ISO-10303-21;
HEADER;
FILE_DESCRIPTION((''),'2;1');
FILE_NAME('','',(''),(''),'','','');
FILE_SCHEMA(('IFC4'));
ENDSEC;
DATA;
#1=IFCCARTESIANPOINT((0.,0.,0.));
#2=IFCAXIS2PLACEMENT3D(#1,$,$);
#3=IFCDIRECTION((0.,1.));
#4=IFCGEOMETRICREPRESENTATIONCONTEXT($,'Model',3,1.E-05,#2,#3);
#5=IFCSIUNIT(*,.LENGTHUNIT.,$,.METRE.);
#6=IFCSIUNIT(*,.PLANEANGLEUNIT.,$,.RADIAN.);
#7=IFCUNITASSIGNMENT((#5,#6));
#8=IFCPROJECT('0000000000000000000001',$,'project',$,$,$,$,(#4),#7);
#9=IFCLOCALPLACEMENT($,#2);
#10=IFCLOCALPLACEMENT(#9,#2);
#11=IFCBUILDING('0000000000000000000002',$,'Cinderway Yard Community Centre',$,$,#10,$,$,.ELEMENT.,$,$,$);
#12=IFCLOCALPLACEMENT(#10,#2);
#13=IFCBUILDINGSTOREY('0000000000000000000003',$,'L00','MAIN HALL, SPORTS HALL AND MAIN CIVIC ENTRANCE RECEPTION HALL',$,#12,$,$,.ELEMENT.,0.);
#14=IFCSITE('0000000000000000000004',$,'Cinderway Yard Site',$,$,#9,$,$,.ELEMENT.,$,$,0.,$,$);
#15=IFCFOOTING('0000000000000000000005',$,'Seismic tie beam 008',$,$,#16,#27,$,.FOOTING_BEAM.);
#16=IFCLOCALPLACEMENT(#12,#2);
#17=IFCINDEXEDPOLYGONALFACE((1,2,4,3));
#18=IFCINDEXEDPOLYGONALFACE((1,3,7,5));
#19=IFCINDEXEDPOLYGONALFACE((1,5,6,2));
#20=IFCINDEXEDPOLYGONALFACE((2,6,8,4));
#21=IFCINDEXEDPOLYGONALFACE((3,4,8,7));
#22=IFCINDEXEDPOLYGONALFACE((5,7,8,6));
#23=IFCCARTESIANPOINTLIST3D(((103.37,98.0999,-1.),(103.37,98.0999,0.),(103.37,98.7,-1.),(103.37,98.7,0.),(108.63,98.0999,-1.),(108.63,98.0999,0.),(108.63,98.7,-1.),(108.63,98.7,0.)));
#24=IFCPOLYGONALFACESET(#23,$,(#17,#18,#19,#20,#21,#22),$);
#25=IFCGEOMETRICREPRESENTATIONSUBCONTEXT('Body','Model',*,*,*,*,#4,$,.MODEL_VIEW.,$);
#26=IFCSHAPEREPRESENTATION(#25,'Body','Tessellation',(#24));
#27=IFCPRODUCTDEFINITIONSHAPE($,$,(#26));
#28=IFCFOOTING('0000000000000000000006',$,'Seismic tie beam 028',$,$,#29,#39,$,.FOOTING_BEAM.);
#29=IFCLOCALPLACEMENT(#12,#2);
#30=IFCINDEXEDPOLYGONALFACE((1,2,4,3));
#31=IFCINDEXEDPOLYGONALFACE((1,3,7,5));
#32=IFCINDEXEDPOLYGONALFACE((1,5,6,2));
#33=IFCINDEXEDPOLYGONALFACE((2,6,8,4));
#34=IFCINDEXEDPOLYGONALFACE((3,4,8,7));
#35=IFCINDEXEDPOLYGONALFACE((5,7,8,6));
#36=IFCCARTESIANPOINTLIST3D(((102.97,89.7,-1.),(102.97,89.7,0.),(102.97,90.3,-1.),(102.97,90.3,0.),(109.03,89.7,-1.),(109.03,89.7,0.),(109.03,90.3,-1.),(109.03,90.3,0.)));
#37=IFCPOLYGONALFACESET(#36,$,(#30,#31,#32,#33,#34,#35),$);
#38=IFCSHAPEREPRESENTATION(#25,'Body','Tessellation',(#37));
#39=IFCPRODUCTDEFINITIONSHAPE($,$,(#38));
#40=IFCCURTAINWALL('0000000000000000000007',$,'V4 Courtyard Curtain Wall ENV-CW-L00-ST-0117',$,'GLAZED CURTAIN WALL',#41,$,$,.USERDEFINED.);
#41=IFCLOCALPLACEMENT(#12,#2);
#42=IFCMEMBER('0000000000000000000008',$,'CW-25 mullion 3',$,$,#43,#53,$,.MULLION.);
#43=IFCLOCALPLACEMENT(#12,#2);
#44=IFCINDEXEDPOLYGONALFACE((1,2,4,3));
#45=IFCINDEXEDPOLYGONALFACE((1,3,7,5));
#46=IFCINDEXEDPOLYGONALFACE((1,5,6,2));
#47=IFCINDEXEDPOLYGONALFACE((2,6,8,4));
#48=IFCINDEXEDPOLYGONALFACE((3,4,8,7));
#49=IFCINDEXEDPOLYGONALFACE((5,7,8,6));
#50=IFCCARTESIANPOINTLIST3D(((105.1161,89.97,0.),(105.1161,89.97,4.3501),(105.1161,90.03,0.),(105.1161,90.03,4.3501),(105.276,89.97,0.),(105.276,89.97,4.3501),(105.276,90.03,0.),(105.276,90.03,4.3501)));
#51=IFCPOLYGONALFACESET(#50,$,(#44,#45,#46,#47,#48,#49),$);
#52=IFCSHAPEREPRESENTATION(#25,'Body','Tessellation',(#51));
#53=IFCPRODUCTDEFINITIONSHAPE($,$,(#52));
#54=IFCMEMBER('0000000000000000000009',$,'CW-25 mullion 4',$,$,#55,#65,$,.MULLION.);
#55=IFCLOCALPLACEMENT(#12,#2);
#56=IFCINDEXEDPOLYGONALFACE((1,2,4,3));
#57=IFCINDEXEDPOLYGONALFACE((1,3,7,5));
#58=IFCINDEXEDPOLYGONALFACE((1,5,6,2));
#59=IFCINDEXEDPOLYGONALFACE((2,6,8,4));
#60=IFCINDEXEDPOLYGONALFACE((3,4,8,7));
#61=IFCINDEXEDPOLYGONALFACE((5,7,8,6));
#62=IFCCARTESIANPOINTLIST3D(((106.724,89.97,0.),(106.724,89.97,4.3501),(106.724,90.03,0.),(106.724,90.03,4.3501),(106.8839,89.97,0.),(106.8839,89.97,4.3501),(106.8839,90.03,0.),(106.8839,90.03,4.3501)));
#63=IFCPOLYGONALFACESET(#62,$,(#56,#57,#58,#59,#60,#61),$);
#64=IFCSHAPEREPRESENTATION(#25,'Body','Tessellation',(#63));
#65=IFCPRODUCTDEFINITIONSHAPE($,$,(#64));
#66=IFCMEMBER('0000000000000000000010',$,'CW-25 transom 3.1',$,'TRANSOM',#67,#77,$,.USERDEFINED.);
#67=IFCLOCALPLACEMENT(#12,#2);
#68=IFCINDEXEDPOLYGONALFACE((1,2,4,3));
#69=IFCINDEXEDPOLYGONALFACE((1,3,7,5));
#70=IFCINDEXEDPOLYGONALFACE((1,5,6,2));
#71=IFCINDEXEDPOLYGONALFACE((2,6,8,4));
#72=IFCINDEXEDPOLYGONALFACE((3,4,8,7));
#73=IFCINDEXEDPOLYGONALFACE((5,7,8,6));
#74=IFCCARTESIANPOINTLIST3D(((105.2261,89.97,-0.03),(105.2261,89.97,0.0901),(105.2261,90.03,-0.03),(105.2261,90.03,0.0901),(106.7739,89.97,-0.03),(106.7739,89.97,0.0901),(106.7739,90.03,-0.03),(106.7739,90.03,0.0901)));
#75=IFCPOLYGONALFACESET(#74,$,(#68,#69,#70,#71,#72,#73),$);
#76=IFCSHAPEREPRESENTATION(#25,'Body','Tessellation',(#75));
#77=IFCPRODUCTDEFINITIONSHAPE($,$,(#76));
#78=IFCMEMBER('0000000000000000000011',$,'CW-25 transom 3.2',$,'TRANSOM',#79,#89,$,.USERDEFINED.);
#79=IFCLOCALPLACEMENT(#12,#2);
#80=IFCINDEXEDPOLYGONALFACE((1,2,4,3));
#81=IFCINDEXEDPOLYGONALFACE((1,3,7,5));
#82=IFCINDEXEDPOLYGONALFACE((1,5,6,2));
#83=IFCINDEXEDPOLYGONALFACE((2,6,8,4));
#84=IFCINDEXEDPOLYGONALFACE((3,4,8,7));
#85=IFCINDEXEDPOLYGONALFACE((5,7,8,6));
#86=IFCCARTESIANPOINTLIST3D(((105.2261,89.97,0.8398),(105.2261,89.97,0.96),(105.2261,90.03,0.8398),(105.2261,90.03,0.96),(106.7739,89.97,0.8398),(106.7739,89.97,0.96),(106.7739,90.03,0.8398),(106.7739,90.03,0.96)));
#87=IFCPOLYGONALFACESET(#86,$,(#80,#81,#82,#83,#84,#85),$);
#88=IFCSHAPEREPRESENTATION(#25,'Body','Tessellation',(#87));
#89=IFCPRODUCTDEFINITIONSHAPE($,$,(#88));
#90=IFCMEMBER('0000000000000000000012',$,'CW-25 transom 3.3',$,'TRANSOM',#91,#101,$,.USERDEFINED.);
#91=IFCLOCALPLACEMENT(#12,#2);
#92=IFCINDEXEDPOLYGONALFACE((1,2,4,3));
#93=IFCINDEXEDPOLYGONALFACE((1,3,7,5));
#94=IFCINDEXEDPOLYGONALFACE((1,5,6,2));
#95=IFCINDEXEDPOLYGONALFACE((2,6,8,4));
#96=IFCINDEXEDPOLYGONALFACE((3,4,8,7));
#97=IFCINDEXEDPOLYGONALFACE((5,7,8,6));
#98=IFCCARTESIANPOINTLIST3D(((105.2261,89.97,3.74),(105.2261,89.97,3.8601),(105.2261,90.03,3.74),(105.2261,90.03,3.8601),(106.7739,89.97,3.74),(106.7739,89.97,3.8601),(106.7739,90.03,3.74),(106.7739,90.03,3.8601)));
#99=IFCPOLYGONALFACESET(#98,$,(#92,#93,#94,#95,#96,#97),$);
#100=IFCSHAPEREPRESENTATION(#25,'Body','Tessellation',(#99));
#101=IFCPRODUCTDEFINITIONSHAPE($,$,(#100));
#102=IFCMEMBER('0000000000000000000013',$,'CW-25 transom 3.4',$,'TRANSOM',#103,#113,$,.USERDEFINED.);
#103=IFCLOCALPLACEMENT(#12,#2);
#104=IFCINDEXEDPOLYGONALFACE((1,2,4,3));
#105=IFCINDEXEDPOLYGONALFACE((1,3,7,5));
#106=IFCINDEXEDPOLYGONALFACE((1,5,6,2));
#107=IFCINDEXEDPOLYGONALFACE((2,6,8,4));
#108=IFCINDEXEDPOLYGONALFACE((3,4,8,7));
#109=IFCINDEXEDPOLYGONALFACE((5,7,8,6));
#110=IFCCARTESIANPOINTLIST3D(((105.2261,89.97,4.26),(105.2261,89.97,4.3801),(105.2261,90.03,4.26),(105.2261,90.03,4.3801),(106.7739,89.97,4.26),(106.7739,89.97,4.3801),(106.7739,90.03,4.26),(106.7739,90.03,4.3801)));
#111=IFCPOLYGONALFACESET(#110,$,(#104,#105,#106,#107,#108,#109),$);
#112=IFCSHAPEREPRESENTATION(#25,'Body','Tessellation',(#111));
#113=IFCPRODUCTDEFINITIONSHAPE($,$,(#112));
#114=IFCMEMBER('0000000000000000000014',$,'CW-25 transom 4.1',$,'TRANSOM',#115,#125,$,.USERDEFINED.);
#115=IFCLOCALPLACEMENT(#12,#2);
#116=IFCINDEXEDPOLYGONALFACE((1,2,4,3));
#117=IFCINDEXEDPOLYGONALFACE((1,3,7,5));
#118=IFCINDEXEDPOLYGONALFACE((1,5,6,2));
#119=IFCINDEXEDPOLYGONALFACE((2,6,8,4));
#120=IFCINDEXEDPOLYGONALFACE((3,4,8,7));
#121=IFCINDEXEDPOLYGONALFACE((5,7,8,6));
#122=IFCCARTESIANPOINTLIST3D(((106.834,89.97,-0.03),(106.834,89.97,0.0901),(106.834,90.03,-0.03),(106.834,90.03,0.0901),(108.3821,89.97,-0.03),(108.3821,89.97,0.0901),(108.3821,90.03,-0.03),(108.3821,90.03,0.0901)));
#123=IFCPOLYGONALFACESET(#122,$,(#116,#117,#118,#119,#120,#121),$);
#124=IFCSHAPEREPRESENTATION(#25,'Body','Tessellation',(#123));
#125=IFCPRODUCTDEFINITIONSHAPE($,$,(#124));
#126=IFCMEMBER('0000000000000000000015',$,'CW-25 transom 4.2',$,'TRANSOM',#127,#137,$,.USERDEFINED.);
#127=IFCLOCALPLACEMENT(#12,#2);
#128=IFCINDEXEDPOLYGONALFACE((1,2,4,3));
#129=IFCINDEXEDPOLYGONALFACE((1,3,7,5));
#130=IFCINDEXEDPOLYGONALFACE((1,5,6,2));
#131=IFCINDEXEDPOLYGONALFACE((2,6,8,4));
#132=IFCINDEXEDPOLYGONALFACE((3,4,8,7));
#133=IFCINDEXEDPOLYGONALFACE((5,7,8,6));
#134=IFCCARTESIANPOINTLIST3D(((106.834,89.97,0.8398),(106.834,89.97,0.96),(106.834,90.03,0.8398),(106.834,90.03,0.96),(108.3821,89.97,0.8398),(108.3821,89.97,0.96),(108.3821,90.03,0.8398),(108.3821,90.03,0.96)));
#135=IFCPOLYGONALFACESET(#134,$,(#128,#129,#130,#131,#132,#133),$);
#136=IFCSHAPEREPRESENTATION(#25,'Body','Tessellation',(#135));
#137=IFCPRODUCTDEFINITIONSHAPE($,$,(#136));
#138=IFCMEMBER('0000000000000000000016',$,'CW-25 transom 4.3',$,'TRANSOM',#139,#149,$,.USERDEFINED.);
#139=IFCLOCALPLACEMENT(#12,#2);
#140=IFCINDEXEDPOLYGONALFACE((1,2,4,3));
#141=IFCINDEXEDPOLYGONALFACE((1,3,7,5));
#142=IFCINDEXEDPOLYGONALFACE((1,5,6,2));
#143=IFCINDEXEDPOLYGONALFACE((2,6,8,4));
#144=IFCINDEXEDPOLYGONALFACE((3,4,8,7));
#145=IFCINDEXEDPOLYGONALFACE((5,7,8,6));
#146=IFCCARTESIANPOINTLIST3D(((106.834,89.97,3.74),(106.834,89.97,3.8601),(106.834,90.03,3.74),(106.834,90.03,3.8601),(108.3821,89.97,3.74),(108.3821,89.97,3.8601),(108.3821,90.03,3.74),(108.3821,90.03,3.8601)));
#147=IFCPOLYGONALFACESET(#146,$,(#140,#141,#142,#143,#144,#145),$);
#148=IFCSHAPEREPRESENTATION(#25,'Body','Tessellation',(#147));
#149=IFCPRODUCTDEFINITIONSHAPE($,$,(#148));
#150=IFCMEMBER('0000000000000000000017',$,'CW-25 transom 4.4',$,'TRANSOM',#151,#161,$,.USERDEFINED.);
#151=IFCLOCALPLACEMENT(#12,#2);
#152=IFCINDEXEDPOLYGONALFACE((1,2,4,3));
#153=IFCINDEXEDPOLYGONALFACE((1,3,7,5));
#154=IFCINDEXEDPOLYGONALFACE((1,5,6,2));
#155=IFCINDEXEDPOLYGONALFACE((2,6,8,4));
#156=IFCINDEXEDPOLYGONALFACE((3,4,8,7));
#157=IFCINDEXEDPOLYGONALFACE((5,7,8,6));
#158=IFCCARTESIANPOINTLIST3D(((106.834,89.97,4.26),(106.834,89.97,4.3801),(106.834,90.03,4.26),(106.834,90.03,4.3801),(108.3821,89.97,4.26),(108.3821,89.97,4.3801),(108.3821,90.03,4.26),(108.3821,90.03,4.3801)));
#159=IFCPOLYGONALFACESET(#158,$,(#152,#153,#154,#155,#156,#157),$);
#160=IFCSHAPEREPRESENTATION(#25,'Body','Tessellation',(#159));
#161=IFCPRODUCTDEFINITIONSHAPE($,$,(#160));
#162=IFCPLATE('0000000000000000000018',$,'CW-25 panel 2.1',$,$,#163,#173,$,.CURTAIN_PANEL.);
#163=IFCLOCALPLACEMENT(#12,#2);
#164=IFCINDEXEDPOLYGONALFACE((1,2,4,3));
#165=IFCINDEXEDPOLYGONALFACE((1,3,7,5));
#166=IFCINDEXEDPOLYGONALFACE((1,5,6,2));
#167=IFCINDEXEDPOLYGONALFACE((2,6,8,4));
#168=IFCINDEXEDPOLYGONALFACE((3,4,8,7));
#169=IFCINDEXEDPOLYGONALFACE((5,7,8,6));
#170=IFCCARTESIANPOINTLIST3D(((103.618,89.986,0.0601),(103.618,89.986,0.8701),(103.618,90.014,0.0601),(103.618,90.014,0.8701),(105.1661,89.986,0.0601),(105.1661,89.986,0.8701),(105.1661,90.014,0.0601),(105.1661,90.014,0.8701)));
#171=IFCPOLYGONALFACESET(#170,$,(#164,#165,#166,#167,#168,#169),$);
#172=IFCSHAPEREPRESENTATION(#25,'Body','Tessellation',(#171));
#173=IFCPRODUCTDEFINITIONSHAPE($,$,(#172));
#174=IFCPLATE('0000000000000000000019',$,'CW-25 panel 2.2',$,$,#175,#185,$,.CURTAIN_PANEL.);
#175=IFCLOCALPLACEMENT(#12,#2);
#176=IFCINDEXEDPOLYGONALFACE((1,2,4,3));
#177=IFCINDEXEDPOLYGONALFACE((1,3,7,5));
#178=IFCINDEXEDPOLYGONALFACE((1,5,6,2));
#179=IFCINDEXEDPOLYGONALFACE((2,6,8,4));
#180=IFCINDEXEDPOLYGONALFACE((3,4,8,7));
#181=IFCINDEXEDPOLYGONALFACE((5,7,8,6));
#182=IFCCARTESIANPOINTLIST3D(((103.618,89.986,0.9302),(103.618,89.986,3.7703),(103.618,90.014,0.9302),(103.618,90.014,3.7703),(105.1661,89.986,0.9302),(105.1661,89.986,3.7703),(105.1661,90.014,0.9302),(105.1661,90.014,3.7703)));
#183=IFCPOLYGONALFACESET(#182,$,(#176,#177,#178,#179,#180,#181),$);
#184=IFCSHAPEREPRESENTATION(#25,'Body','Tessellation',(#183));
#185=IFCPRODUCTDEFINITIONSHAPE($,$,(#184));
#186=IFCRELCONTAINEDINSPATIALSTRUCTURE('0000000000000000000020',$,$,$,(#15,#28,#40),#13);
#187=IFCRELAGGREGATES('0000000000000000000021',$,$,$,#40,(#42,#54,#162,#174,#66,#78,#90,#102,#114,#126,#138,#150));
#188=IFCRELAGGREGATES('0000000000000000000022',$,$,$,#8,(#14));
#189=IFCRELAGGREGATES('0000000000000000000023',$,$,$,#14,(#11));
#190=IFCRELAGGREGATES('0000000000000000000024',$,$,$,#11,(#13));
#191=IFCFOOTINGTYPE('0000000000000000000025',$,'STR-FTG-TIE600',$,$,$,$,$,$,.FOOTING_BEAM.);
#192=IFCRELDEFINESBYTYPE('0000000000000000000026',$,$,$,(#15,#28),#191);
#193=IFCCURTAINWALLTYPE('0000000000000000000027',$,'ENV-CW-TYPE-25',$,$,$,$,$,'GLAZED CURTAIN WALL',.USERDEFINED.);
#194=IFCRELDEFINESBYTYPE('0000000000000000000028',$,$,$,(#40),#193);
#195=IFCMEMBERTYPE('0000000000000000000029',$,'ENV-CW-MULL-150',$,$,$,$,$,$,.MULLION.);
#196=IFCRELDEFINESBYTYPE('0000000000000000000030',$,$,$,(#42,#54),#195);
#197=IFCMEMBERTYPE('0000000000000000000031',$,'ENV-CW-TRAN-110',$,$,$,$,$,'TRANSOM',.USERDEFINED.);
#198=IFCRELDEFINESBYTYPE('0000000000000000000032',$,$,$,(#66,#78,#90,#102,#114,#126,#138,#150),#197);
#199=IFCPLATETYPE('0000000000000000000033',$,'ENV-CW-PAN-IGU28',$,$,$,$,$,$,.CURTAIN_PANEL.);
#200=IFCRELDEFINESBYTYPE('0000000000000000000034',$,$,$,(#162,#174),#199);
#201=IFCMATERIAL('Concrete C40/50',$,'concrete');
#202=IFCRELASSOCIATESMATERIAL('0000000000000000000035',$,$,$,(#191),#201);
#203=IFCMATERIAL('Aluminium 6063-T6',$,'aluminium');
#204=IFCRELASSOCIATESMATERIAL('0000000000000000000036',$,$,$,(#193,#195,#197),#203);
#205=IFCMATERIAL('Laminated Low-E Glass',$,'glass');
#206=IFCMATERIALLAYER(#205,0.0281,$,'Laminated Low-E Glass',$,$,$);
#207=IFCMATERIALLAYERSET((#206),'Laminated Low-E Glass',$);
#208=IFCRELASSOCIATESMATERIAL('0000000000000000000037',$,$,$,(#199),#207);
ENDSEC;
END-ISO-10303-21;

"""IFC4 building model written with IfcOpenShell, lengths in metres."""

from ifc_helpers import new_model, si_unit, direction, frame, origin, origin_2d, place, context, subcontext, project, spatial, rectangle, extrude, material, layer, layer_set, material_profile, profile_set, type_object, element, aggregate, save


model = new_model("IFC4")

# Units and contexts
model_context = context("Model", 3, precision=1e-05, world=origin(), true_north=direction((0.0, 1.0)))
body_context = subcontext(model_context, "Body", "Model", "MODEL_VIEW")
ifc_project = project(units=[si_unit("LENGTHUNIT", "METRE"), si_unit("PLANEANGLEUNIT", "RADIAN")], contexts=[model_context])

# Site, building, storey
site_placement = place(None, origin())
site = spatial("IfcSite", under=ifc_project, at=site_placement, Name="Cinderway Yard Site", CompositionType="ELEMENT", RefElevation=0.0)
building_placement = place(site_placement, origin())
building = spatial("IfcBuilding", under=site, at=building_placement, Name="Cinderway Yard Community Centre", CompositionType="ELEMENT")
storey_placement = place(building_placement, origin())
storey = spatial("IfcBuildingStorey", under=building, at=storey_placement, Name="L00", Description="MAIN HALL, SPORTS HALL AND MAIN CIVIC ENTRANCE RECEPTION HALL", CompositionType="ELEMENT", Elevation=0.0)

# Footings
ifc_material_1 = material(Name="Concrete C40/50", Category="concrete")
footing_type = type_object("IfcFootingType", Name="STR-FTG-TIE600", PredefinedType="FOOTING_BEAM", material=ifc_material_1)
footing_1_placement = place(storey_placement, frame((106.0, 98.3999, -1.0), z_axis=(0.0, 0.0, 1.0), x_axis=(1.0, 0.0, 0.0)))
element("IfcFooting", 1, at=footing_1_placement, inside=storey, type_object=footing_type, Name="Seismic tie beam 008", PredefinedType="FOOTING_BEAM", context=body_context, shape_type="SweptSolid", body=[
    extrude(rectangle(XDim=5.26, YDim=0.6001, at=origin_2d()), origin(), (0.0, 0.0, 1.0), 1.0),
])
footing_2_placement = place(storey_placement, frame((106.0, 90.0, -1.0), z_axis=(0.0, 0.0, 1.0), x_axis=(1.0, 0.0, 0.0)))
element("IfcFooting", 2, at=footing_2_placement, inside=storey, type_object=footing_type, Name="Seismic tie beam 028", PredefinedType="FOOTING_BEAM", context=body_context, shape_type="SweptSolid", body=[
    extrude(rectangle(XDim=6.0601, YDim=0.6001, at=origin_2d()), origin(), (0.0, 0.0, 1.0), 1.0),
])

# Curtain wall, members, plates
ifc_material_2 = material(Name="Aluminium 6063-T6", Category="aluminium")
curtain_wall_type = type_object("IfcCurtainWallType", Name="ENV-CW-TYPE-25", ElementType="GLAZED CURTAIN WALL", PredefinedType="USERDEFINED", material=ifc_material_2)
curtain_wall_placement = place(storey_placement, origin())
curtain_wall = element("IfcCurtainWall", 3, at=curtain_wall_placement, inside=storey, type_object=curtain_wall_type, Name="V4 Courtyard Curtain Wall ENV-CW-L00-ST-0117", ObjectType="GLAZED CURTAIN WALL", PredefinedType="USERDEFINED")
ifc_material_profile_1 = material_profile(ifc_material_2, rectangle(XDim=0.0601, YDim=0.1599, at=origin_2d()), Name="Aluminium 6063-T6")
ifc_profile_set_1 = profile_set([ifc_material_profile_1], Name="Aluminium 6063-T6")
member_type_1 = type_object("IfcMemberType", Name="ENV-CW-MULL-150", PredefinedType="MULLION", material=ifc_profile_set_1)
member_1_placement = place(storey_placement, frame((105.196, 90.0, 0.0), z_axis=(0.0, 0.0, 1.0), x_axis=(0.0, 1.0, 0.0)))
member_1 = element("IfcMember", 4, at=member_1_placement, type_object=member_type_1, Name="CW-25 mullion 3", PredefinedType="MULLION", context=body_context, shape_type="SweptSolid", body=[
    extrude(rectangle(XDim=0.0601, YDim=0.1599, at=origin_2d()), origin(), (0.0, 0.0, 1.0), 4.3501),
])
member_2_placement = place(storey_placement, frame((106.804, 90.0, 0.0), z_axis=(0.0, 0.0, 1.0), x_axis=(0.0, 1.0, 0.0)))
member_2 = element("IfcMember", 5, at=member_2_placement, type_object=member_type_1, Name="CW-25 mullion 4", PredefinedType="MULLION", context=body_context, shape_type="SweptSolid", body=[
    extrude(rectangle(XDim=0.0601, YDim=0.1599, at=origin_2d()), origin(), (0.0, 0.0, 1.0), 4.3501),
])
ifc_material_profile_2 = material_profile(ifc_material_2, rectangle(XDim=0.0601, YDim=0.1201, at=origin_2d()), Name="Aluminium 6063-T6")
ifc_profile_set_2 = profile_set([ifc_material_profile_2], Name="Aluminium 6063-T6")
member_type_2 = type_object("IfcMemberType", Name="ENV-CW-TRAN-110", ElementType="TRANSOM", PredefinedType="USERDEFINED", material=ifc_profile_set_2)
member_3_placement = place(storey_placement, frame((105.2261, 90.0, 0.03), z_axis=(1.0, 0.0, 0.0), x_axis=(0.0, 1.0, 0.0)))
member_3 = element("IfcMember", 6, at=member_3_placement, type_object=member_type_2, Name="CW-25 transom 3.1", ObjectType="TRANSOM", PredefinedType="USERDEFINED", context=body_context, shape_type="SweptSolid", body=[
    extrude(rectangle(XDim=0.0601, YDim=0.1201, at=origin_2d()), origin(), (0.0, 0.0, 1.0), 1.5479),
])
member_4_placement = place(storey_placement, frame((105.2261, 90.0, 0.8999), z_axis=(1.0, 0.0, 0.0), x_axis=(0.0, 1.0, 0.0)))
member_4 = element("IfcMember", 7, at=member_4_placement, type_object=member_type_2, Name="CW-25 transom 3.2", ObjectType="TRANSOM", PredefinedType="USERDEFINED", context=body_context, shape_type="SweptSolid", body=[
    extrude(rectangle(XDim=0.0601, YDim=0.1201, at=origin_2d()), origin(), (0.0, 0.0, 1.0), 1.5479),
])
member_5_placement = place(storey_placement, frame((105.2261, 90.0, 3.8), z_axis=(1.0, 0.0, 0.0), x_axis=(0.0, 1.0, 0.0)))
member_5 = element("IfcMember", 8, at=member_5_placement, type_object=member_type_2, Name="CW-25 transom 3.3", ObjectType="TRANSOM", PredefinedType="USERDEFINED", context=body_context, shape_type="SweptSolid", body=[
    extrude(rectangle(XDim=0.0601, YDim=0.1201, at=origin_2d()), origin(), (0.0, 0.0, 1.0), 1.5479),
])
member_6_placement = place(storey_placement, frame((105.2261, 90.0, 4.3201), z_axis=(1.0, 0.0, 0.0), x_axis=(0.0, 1.0, 0.0)))
member_6 = element("IfcMember", 9, at=member_6_placement, type_object=member_type_2, Name="CW-25 transom 3.4", ObjectType="TRANSOM", PredefinedType="USERDEFINED", context=body_context, shape_type="SweptSolid", body=[
    extrude(rectangle(XDim=0.0601, YDim=0.1201, at=origin_2d()), origin(), (0.0, 0.0, 1.0), 1.5479),
])
member_7_placement = place(storey_placement, frame((106.834, 90.0, 0.03), z_axis=(1.0, 0.0, 0.0), x_axis=(0.0, 1.0, 0.0)))
member_7 = element("IfcMember", 10, at=member_7_placement, type_object=member_type_2, Name="CW-25 transom 4.1", ObjectType="TRANSOM", PredefinedType="USERDEFINED", context=body_context, shape_type="SweptSolid", body=[
    extrude(rectangle(XDim=0.0601, YDim=0.1201, at=origin_2d()), origin(), (0.0, 0.0, 1.0), 1.5481),
])
member_8_placement = place(storey_placement, frame((106.834, 90.0, 0.8999), z_axis=(1.0, 0.0, 0.0), x_axis=(0.0, 1.0, 0.0)))
member_8 = element("IfcMember", 11, at=member_8_placement, type_object=member_type_2, Name="CW-25 transom 4.2", ObjectType="TRANSOM", PredefinedType="USERDEFINED", context=body_context, shape_type="SweptSolid", body=[
    extrude(rectangle(XDim=0.0601, YDim=0.1201, at=origin_2d()), origin(), (0.0, 0.0, 1.0), 1.5481),
])
member_9_placement = place(storey_placement, frame((106.834, 90.0, 3.8), z_axis=(1.0, 0.0, 0.0), x_axis=(0.0, 1.0, 0.0)))
member_9 = element("IfcMember", 12, at=member_9_placement, type_object=member_type_2, Name="CW-25 transom 4.3", ObjectType="TRANSOM", PredefinedType="USERDEFINED", context=body_context, shape_type="SweptSolid", body=[
    extrude(rectangle(XDim=0.0601, YDim=0.1201, at=origin_2d()), origin(), (0.0, 0.0, 1.0), 1.5481),
])
member_10_placement = place(storey_placement, frame((106.834, 90.0, 4.3201), z_axis=(1.0, 0.0, 0.0), x_axis=(0.0, 1.0, 0.0)))
member_10 = element("IfcMember", 13, at=member_10_placement, type_object=member_type_2, Name="CW-25 transom 4.4", ObjectType="TRANSOM", PredefinedType="USERDEFINED", context=body_context, shape_type="SweptSolid", body=[
    extrude(rectangle(XDim=0.0601, YDim=0.1201, at=origin_2d()), origin(), (0.0, 0.0, 1.0), 1.5481),
])
ifc_material_3 = material(Name="Laminated Low-E Glass", Category="glass")
ifc_layer = layer(ifc_material_3, 0.0281, Name="Laminated Low-E Glass")
ifc_layer_set = layer_set([ifc_layer], Name="Laminated Low-E Glass")
plate_type = type_object("IfcPlateType", Name="ENV-CW-PAN-IGU28", PredefinedType="CURTAIN_PANEL", material=ifc_layer_set)
plate_1_placement = place(storey_placement, frame((104.3921, 90.0, 0.0601), z_axis=(0.0, 0.0, 1.0), x_axis=(1.0, 0.0, 0.0)))
plate_1 = element("IfcPlate", 14, at=plate_1_placement, type_object=plate_type, Name="CW-25 panel 2.1", PredefinedType="CURTAIN_PANEL", context=body_context, shape_type="SweptSolid", body=[
    extrude(rectangle(XDim=1.5481, YDim=0.0281, at=origin_2d()), origin(), (0.0, 0.0, 1.0), 0.8101),
])
plate_2_placement = place(storey_placement, frame((104.3921, 90.0, 0.9302), z_axis=(0.0, 0.0, 1.0), x_axis=(1.0, 0.0, 0.0)))
plate_2 = element("IfcPlate", 15, at=plate_2_placement, type_object=plate_type, Name="CW-25 panel 2.2", PredefinedType="CURTAIN_PANEL", context=body_context, shape_type="SweptSolid", body=[
    extrude(rectangle(XDim=1.5481, YDim=0.0281, at=origin_2d()), origin(), (0.0, 0.0, 1.0), 2.8401),
])
aggregate(curtain_wall, [member_1, member_2, plate_1, plate_2, member_3, member_4, member_5, member_6, member_7, member_8, member_9, member_10])

save(model, "model.ifc")
